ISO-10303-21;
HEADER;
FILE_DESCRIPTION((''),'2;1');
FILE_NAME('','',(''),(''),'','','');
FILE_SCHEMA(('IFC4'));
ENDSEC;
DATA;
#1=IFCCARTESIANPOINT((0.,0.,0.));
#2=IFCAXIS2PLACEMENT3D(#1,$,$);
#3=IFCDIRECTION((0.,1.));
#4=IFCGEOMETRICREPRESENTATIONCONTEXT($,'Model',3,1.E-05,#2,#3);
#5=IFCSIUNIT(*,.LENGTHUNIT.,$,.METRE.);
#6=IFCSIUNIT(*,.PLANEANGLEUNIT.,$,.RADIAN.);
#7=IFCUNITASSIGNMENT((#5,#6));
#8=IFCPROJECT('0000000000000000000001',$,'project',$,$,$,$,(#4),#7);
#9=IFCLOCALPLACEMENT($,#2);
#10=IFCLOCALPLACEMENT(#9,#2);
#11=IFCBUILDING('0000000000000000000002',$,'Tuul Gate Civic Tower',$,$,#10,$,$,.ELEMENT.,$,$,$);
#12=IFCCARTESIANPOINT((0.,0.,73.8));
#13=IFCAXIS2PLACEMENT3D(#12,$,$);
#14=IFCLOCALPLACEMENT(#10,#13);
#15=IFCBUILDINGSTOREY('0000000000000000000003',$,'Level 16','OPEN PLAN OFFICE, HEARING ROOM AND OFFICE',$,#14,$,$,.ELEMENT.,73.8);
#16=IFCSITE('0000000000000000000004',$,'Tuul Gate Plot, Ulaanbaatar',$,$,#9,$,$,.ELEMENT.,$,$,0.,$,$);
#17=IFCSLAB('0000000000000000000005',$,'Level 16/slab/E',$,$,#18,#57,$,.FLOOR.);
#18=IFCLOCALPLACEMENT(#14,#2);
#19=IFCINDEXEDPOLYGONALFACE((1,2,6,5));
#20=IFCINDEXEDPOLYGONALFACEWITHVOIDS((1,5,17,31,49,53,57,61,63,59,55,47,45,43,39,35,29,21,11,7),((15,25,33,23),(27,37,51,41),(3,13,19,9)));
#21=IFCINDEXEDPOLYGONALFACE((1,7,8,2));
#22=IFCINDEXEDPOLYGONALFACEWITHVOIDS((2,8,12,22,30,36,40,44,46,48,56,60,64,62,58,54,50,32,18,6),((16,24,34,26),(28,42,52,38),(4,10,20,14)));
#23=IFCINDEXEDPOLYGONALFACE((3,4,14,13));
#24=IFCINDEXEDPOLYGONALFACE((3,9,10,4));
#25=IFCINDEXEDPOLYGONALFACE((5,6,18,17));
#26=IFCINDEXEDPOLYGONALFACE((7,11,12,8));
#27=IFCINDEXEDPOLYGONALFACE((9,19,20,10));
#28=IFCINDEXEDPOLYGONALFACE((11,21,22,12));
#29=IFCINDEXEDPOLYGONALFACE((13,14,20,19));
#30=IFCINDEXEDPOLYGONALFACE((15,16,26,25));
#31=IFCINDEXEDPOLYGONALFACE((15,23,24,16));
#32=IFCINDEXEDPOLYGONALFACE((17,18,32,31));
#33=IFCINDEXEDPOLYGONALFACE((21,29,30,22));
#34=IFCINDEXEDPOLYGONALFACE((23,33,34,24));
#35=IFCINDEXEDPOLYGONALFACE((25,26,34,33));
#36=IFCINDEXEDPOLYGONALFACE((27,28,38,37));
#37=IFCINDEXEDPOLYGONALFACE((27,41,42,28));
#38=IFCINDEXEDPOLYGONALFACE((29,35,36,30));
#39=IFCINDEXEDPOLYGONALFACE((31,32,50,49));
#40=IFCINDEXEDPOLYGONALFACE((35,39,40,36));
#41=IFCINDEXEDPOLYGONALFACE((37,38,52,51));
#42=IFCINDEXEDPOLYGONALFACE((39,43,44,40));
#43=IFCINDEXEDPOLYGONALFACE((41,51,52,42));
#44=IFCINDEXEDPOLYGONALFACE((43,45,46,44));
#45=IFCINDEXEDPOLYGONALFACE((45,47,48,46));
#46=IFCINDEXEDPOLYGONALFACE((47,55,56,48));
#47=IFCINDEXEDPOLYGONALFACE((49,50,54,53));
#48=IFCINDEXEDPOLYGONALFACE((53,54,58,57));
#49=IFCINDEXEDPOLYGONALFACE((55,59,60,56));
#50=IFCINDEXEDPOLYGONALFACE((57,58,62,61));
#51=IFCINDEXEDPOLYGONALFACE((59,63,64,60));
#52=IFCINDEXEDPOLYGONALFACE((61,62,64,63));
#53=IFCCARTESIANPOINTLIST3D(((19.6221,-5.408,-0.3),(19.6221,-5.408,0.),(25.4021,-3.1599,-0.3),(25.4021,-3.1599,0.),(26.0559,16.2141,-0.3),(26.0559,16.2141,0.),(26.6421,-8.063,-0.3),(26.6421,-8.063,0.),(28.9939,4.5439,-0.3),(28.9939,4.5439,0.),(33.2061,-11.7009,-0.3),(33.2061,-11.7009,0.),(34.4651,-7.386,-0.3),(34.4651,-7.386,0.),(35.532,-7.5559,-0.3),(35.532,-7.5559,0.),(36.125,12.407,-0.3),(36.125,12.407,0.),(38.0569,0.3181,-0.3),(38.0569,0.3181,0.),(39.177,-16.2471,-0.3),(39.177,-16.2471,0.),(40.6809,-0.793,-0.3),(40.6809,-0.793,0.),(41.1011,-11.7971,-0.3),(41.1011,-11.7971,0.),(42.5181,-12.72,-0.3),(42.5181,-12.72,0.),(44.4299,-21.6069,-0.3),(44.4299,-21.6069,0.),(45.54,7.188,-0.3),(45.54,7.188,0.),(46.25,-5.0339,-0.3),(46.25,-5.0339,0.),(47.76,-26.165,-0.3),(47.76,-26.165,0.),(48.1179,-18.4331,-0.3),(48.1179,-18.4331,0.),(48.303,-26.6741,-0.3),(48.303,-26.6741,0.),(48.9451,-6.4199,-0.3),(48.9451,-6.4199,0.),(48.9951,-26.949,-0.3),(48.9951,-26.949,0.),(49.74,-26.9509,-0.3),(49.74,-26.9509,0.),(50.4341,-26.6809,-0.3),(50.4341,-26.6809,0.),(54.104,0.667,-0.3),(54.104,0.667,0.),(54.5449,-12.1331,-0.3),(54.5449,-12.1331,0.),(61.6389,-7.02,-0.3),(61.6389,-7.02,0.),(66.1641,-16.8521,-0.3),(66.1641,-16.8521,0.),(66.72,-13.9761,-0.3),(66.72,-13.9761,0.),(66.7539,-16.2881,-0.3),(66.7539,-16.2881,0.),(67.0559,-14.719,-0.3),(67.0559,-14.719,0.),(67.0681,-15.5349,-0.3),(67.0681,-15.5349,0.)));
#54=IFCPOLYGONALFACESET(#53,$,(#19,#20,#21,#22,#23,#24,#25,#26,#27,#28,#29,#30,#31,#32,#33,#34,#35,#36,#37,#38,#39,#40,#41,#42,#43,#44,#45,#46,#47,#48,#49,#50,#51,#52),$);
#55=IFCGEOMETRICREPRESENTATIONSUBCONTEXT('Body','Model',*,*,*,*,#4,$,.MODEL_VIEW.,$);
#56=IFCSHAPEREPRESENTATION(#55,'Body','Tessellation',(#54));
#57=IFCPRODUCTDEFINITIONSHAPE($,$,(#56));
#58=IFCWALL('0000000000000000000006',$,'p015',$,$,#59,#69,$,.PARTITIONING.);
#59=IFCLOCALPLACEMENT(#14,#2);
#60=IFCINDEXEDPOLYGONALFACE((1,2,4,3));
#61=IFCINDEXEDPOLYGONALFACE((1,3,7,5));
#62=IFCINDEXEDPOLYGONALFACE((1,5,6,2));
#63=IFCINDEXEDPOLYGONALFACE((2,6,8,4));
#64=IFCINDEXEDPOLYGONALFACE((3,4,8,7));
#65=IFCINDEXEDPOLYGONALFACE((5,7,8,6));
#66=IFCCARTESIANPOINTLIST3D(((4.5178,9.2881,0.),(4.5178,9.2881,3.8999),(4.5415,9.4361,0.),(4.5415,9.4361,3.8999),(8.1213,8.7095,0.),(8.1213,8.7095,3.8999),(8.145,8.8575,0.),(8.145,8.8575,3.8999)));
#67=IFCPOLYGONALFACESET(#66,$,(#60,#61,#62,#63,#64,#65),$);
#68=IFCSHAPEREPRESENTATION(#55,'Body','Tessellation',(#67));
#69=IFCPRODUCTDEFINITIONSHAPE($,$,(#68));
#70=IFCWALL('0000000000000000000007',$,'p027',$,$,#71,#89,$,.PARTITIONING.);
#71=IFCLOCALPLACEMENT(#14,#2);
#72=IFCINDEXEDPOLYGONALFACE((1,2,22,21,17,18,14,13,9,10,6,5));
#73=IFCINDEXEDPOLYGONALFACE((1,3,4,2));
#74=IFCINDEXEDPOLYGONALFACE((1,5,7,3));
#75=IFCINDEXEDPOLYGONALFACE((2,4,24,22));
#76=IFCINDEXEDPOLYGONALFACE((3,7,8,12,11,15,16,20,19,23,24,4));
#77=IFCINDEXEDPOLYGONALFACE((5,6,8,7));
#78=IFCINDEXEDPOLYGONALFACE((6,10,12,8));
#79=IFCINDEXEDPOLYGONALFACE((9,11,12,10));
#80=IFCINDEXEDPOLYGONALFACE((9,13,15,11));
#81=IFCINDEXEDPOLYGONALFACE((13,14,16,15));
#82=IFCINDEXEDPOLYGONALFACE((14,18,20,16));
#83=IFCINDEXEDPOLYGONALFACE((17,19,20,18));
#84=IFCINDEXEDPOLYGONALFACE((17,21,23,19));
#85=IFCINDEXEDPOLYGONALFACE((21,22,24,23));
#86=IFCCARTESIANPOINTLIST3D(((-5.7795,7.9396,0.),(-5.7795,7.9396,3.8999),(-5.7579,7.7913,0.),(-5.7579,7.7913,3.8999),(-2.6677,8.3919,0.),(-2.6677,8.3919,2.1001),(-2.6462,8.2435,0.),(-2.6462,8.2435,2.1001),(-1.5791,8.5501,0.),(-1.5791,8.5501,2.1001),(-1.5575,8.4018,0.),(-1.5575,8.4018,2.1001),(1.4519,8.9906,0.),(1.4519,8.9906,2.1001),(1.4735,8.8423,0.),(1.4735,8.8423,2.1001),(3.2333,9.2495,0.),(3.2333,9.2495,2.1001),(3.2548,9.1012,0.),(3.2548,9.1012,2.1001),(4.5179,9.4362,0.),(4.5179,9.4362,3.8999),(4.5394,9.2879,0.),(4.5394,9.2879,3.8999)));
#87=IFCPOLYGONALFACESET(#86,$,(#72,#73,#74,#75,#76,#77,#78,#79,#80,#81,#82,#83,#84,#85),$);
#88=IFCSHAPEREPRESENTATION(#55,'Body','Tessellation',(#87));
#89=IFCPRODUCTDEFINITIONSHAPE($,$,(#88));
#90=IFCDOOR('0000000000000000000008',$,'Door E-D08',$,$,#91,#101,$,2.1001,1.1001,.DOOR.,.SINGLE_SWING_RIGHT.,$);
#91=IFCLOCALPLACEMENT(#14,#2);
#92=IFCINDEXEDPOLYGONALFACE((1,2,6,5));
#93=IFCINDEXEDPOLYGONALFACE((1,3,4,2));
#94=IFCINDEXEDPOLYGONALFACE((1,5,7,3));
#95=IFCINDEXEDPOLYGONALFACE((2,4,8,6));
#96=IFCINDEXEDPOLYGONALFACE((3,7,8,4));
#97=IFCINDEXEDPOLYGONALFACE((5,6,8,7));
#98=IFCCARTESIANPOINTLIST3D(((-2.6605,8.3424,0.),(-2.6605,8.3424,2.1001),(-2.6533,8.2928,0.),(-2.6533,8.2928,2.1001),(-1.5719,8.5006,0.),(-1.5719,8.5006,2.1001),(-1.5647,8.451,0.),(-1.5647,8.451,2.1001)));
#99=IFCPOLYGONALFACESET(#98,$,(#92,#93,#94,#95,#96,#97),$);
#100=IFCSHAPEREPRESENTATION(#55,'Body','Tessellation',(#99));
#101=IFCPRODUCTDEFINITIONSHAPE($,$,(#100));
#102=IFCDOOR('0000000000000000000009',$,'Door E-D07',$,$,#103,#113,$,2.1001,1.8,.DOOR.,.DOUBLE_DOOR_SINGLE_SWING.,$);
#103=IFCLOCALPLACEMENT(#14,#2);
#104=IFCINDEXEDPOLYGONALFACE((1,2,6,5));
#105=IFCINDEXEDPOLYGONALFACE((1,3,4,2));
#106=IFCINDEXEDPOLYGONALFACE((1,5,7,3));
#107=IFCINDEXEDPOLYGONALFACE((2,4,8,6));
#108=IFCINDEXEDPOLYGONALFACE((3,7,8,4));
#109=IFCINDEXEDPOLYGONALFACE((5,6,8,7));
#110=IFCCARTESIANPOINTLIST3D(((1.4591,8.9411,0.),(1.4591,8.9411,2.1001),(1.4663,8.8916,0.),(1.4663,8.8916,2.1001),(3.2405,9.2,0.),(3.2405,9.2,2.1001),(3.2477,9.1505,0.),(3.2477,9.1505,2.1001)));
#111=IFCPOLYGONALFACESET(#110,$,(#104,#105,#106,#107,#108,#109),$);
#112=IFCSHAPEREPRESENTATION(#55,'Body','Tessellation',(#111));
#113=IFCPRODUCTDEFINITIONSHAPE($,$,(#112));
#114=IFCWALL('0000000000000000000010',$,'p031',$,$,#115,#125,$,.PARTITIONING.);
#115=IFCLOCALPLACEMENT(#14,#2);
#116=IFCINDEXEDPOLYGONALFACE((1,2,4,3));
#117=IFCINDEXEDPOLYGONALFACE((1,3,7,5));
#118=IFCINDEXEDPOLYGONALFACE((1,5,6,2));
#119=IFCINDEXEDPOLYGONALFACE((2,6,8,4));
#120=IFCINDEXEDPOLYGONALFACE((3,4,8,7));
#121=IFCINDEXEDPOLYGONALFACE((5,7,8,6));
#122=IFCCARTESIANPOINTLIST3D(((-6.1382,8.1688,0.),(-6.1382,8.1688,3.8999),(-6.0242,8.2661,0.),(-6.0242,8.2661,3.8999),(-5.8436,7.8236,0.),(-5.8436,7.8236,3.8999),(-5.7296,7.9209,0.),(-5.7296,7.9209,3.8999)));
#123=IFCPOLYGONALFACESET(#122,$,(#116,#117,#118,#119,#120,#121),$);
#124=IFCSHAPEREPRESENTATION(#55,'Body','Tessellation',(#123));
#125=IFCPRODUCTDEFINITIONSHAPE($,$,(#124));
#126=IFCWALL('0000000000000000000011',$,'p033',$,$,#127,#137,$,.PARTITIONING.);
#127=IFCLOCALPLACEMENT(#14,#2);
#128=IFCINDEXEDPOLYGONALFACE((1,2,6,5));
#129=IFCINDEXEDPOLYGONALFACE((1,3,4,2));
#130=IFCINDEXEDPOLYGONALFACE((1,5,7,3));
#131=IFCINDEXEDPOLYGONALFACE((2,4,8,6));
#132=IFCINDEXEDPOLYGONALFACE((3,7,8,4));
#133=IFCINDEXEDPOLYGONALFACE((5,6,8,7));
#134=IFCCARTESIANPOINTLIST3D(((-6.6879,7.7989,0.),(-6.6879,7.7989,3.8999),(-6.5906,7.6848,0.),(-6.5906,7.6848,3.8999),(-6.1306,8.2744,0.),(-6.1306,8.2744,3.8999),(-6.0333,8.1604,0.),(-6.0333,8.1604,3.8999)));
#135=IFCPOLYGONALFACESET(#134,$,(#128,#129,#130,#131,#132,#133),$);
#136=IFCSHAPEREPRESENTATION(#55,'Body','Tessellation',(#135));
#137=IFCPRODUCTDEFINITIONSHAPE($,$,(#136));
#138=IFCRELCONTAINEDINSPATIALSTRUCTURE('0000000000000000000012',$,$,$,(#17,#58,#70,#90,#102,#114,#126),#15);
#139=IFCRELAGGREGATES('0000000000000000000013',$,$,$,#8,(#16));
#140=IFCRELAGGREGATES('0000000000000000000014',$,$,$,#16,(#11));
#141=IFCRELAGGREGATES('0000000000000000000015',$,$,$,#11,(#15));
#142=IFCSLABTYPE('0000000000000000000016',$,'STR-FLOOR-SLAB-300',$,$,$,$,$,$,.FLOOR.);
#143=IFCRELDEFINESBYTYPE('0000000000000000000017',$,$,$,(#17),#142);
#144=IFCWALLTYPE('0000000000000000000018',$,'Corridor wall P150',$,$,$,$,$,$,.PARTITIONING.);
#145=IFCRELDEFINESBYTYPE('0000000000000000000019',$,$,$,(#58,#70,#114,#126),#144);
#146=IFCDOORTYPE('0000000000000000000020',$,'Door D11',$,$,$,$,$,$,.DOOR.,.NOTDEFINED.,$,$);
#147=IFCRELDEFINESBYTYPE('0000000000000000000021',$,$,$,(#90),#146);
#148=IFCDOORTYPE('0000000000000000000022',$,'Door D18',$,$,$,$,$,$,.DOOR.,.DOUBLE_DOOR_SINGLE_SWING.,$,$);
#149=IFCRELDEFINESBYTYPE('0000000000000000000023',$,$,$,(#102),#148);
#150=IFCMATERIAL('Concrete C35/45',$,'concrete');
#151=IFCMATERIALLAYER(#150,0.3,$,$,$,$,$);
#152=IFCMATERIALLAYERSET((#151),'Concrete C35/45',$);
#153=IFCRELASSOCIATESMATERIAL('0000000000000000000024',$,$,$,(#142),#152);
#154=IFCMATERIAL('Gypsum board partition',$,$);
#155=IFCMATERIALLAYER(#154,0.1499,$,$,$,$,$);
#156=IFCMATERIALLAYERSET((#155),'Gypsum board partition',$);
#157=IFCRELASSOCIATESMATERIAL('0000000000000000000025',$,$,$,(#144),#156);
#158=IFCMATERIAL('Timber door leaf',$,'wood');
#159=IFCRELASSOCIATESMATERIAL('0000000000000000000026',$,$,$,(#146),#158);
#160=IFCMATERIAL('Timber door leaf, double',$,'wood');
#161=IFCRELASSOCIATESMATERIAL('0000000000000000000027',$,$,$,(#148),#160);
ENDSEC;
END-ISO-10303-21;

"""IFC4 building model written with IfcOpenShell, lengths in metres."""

from ifc_helpers import new_model, si_unit, direction, frame, frame_2d, origin, place, context, subcontext, project, spatial, polyline, rectangle, outline, extrude, material, layer, layer_set, type_object, element, fill, save


model = new_model("IFC4")

# Units and contexts
model_context = context("Model", 3, precision=1e-05, world=origin(), true_north=direction((0.0, 1.0)))
body_context = subcontext(model_context, "Body", "Model", "MODEL_VIEW")
ifc_project = project(units=[si_unit("LENGTHUNIT", "METRE"), si_unit("PLANEANGLEUNIT", "RADIAN")], contexts=[model_context])

# Site, building, storey
site_placement = place(None, origin())
site = spatial("IfcSite", under=ifc_project, at=site_placement, Name="Tuul Gate Plot, Ulaanbaatar", CompositionType="ELEMENT", RefElevation=0.0)
building_placement = place(site_placement, origin())
building = spatial("IfcBuilding", under=site, at=building_placement, Name="Tuul Gate Civic Tower", CompositionType="ELEMENT")
storey_placement = place(building_placement, frame((0.0, 0.0, 73.8)))
storey = spatial("IfcBuildingStorey", under=building, at=storey_placement, Name="Level 16", Description="OPEN PLAN OFFICE, HEARING ROOM AND OFFICE", CompositionType="ELEMENT", Elevation=73.8)

# Slab
ifc_material_1 = material(Name="Concrete C35/45", Category="concrete")
ifc_layer_1 = layer(ifc_material_1, 0.3)
ifc_layer_set_1 = layer_set([ifc_layer_1], Name="Concrete C35/45")
slab_type_1 = type_object("IfcSlabType", Name="STR-FLOOR-SLAB-300", PredefinedType="FLOOR", material=ifc_layer_set_1)
slab_1_placement = place(storey_placement, frame((0.0, 0.0, -0.3)))
element("IfcSlab", 1, at=slab_1_placement, inside=storey, type_object=slab_type_1, Name="Level 16/slab/E", PredefinedType="FLOOR", context=body_context, shape_type="SweptSolid", body=[
    extrude(outline(polyline([(49.74, -26.9509), (50.4341, -26.6809), (66.1641, -16.8521), (66.7539, -16.2881), (67.0681, -15.5349), (67.0559, -14.719), (66.72, -13.9761), (61.6389, -7.02), (54.104, 0.667), (45.54, 7.188), (36.125, 12.407), (26.0559, 16.2141), (19.6221, -5.408), (26.6421, -8.063), (33.2061, -11.7009), (39.177, -16.2471), (44.4299, -21.6069), (47.76, -26.165), (48.303, -26.6741), (48.9951, -26.949), (49.74, -26.9509)]), holes=[polyline([(48.1179, -18.4331), (42.5181, -12.72), (48.9451, -6.4199), (54.5449, -12.1331), (48.1179, -18.4331)]), polyline([(35.532, -7.5559), (40.6809, -0.793), (46.25, -5.0339), (41.1011, -11.7971), (35.532, -7.5559)]), polyline([(25.4021, -3.1599), (28.9939, 4.5439), (38.0569, 0.3181), (34.4651, -7.386), (25.4021, -3.1599)])]), origin(), (0.0, 0.0, 1.0), 0.3),
])

# Wall
ifc_material_2 = material(Name="Gypsum board partition")
ifc_layer_2 = layer(ifc_material_2, 0.1499)
ifc_layer_set_2 = layer_set([ifc_layer_2], Name="Gypsum board partition")
wall_type_1 = type_object("IfcWallType", Name="Corridor wall P150", PredefinedType="PARTITIONING", material=ifc_layer_set_2)
wall_1_placement = place(storey_placement, frame((4.5298, 9.3621, 0.0), z_axis=(0.0, 0.0, 1.0), x_axis=(0.987353, -0.158538, 0.0)))
element("IfcWall", 2, at=wall_1_placement, inside=storey, type_object=wall_type_1, Name="p015", PredefinedType="PARTITIONING", context=body_context, shape_type="SweptSolid", body=[
    extrude(rectangle(XDim=3.6497, YDim=0.1499, at=frame_2d((1.8247, 0.0))), origin(), (0.0, 0.0, 1.0), 3.8999),
])

# Wall, openings, doors
wall_2_placement = place(storey_placement, frame((-5.7686, 7.8655, 0.0), z_axis=(0.0, 0.0, 1.0), x_axis=(0.989603, 0.143825, 0.0)))
wall_2 = element("IfcWall", 3, at=wall_2_placement, inside=storey, type_object=wall_type_1, Name="p027", PredefinedType="PARTITIONING", context=body_context, shape_type="SweptSolid", body=[
    extrude(rectangle(XDim=10.4055, YDim=0.1499, at=frame_2d((5.2026, 0.0))), origin(), (0.0, 0.0, 1.0), 3.8999),
])
opening_1_placement = place(wall_2_placement, frame((7.3074, 0.0, 0.0)))
opening_1 = element("IfcOpeningElement", 4, at=opening_1_placement, cuts=wall_2, PredefinedType="OPENING", context=body_context, shape_type="SweptSolid", body=[
    extrude(rectangle(XDim=1.8, YDim=2.1001, at=frame_2d((0.8999, 1.05))), frame((0.0, 0.085, 0.0), z_axis=(0.0, -1.0, 0.0), x_axis=(1.0, 0.0, 0.0)), (0.0, 0.0, 1.0), 0.1699),
])
opening_2_placement = place(wall_2_placement, frame((3.1443, 0.0, 0.0)))
opening_2 = element("IfcOpeningElement", 5, at=opening_2_placement, cuts=wall_2, PredefinedType="OPENING", context=body_context, shape_type="SweptSolid", body=[
    extrude(rectangle(XDim=1.1001, YDim=2.1001, at=frame_2d((0.55, 1.05))), frame((0.0, 0.085, 0.0), z_axis=(0.0, -1.0, 0.0), x_axis=(1.0, 0.0, 0.0)), (0.0, 0.0, 1.0), 0.1699),
])
ifc_material_3 = material(Name="Timber door leaf", Category="wood")
door_type_1 = type_object("IfcDoorType", Name="Door D11", OperationType="NOTDEFINED", PredefinedType="DOOR", material=ifc_material_3)
door_1_placement = place(opening_2_placement, origin())
door_1 = element("IfcDoor", 6, at=door_1_placement, inside=storey, type_object=door_type_1, Name="Door E-D08", OperationType="SINGLE_SWING_RIGHT", OverallHeight=2.1001, OverallWidth=1.1001, PredefinedType="DOOR", context=body_context, shape_type="SweptSolid", body=[
    extrude(rectangle(XDim=1.1001, YDim=2.1001, at=frame_2d((0.55, 1.05))), frame((0.0, 0.0249, 0.0), z_axis=(0.0, -1.0, 0.0), x_axis=(1.0, 0.0, 0.0)), (0.0, 0.0, 1.0), 0.05),
])
fill(opening_2, door_1)
ifc_material_4 = material(Name="Timber door leaf, double", Category="wood")
door_type_2 = type_object("IfcDoorType", Name="Door D18", OperationType="DOUBLE_DOOR_SINGLE_SWING", PredefinedType="DOOR", material=ifc_material_4)
door_2_placement = place(opening_1_placement, origin())
door_2 = element("IfcDoor", 7, at=door_2_placement, inside=storey, type_object=door_type_2, Name="Door E-D07", OperationType="DOUBLE_DOOR_SINGLE_SWING", OverallHeight=2.1001, OverallWidth=1.8, PredefinedType="DOOR", context=body_context, shape_type="SweptSolid", body=[
    extrude(rectangle(XDim=1.8, YDim=2.1001, at=frame_2d((0.8999, 1.05))), frame((0.0, 0.0249, 0.0), z_axis=(0.0, -1.0, 0.0), x_axis=(1.0, 0.0, 0.0)), (0.0, 0.0, 1.0), 0.05),
])
fill(opening_1, door_2)

# Walls
wall_3_placement = place(storey_placement, frame((-6.0813, 8.2175, 0.0), z_axis=(0.0, 0.0, 1.0), x_axis=(0.64924, -0.760584, 0.0)))
element("IfcWall", 8, at=wall_3_placement, inside=storey, type_object=wall_type_1, Name="p031", PredefinedType="PARTITIONING", context=body_context, shape_type="SweptSolid", body=[
    extrude(rectangle(XDim=0.4539, YDim=0.1499, at=frame_2d((0.2271, 0.0))), origin(), (0.0, 0.0, 1.0), 3.8999),
])
wall_4_placement = place(storey_placement, frame((-6.6392, 7.7419, 0.0), z_axis=(0.0, 0.0, 1.0), x_axis=(0.760713, 0.649088, 0.0)))
element("IfcWall", 9, at=wall_4_placement, inside=storey, type_object=wall_type_1, Name="p033", PredefinedType="PARTITIONING", context=body_context, shape_type="SweptSolid", body=[
    extrude(rectangle(XDim=0.7327, YDim=0.1499, at=frame_2d((0.3662, 0.0))), origin(), (0.0, 0.0, 1.0), 3.8999),
])

save(model, "model.ifc")
